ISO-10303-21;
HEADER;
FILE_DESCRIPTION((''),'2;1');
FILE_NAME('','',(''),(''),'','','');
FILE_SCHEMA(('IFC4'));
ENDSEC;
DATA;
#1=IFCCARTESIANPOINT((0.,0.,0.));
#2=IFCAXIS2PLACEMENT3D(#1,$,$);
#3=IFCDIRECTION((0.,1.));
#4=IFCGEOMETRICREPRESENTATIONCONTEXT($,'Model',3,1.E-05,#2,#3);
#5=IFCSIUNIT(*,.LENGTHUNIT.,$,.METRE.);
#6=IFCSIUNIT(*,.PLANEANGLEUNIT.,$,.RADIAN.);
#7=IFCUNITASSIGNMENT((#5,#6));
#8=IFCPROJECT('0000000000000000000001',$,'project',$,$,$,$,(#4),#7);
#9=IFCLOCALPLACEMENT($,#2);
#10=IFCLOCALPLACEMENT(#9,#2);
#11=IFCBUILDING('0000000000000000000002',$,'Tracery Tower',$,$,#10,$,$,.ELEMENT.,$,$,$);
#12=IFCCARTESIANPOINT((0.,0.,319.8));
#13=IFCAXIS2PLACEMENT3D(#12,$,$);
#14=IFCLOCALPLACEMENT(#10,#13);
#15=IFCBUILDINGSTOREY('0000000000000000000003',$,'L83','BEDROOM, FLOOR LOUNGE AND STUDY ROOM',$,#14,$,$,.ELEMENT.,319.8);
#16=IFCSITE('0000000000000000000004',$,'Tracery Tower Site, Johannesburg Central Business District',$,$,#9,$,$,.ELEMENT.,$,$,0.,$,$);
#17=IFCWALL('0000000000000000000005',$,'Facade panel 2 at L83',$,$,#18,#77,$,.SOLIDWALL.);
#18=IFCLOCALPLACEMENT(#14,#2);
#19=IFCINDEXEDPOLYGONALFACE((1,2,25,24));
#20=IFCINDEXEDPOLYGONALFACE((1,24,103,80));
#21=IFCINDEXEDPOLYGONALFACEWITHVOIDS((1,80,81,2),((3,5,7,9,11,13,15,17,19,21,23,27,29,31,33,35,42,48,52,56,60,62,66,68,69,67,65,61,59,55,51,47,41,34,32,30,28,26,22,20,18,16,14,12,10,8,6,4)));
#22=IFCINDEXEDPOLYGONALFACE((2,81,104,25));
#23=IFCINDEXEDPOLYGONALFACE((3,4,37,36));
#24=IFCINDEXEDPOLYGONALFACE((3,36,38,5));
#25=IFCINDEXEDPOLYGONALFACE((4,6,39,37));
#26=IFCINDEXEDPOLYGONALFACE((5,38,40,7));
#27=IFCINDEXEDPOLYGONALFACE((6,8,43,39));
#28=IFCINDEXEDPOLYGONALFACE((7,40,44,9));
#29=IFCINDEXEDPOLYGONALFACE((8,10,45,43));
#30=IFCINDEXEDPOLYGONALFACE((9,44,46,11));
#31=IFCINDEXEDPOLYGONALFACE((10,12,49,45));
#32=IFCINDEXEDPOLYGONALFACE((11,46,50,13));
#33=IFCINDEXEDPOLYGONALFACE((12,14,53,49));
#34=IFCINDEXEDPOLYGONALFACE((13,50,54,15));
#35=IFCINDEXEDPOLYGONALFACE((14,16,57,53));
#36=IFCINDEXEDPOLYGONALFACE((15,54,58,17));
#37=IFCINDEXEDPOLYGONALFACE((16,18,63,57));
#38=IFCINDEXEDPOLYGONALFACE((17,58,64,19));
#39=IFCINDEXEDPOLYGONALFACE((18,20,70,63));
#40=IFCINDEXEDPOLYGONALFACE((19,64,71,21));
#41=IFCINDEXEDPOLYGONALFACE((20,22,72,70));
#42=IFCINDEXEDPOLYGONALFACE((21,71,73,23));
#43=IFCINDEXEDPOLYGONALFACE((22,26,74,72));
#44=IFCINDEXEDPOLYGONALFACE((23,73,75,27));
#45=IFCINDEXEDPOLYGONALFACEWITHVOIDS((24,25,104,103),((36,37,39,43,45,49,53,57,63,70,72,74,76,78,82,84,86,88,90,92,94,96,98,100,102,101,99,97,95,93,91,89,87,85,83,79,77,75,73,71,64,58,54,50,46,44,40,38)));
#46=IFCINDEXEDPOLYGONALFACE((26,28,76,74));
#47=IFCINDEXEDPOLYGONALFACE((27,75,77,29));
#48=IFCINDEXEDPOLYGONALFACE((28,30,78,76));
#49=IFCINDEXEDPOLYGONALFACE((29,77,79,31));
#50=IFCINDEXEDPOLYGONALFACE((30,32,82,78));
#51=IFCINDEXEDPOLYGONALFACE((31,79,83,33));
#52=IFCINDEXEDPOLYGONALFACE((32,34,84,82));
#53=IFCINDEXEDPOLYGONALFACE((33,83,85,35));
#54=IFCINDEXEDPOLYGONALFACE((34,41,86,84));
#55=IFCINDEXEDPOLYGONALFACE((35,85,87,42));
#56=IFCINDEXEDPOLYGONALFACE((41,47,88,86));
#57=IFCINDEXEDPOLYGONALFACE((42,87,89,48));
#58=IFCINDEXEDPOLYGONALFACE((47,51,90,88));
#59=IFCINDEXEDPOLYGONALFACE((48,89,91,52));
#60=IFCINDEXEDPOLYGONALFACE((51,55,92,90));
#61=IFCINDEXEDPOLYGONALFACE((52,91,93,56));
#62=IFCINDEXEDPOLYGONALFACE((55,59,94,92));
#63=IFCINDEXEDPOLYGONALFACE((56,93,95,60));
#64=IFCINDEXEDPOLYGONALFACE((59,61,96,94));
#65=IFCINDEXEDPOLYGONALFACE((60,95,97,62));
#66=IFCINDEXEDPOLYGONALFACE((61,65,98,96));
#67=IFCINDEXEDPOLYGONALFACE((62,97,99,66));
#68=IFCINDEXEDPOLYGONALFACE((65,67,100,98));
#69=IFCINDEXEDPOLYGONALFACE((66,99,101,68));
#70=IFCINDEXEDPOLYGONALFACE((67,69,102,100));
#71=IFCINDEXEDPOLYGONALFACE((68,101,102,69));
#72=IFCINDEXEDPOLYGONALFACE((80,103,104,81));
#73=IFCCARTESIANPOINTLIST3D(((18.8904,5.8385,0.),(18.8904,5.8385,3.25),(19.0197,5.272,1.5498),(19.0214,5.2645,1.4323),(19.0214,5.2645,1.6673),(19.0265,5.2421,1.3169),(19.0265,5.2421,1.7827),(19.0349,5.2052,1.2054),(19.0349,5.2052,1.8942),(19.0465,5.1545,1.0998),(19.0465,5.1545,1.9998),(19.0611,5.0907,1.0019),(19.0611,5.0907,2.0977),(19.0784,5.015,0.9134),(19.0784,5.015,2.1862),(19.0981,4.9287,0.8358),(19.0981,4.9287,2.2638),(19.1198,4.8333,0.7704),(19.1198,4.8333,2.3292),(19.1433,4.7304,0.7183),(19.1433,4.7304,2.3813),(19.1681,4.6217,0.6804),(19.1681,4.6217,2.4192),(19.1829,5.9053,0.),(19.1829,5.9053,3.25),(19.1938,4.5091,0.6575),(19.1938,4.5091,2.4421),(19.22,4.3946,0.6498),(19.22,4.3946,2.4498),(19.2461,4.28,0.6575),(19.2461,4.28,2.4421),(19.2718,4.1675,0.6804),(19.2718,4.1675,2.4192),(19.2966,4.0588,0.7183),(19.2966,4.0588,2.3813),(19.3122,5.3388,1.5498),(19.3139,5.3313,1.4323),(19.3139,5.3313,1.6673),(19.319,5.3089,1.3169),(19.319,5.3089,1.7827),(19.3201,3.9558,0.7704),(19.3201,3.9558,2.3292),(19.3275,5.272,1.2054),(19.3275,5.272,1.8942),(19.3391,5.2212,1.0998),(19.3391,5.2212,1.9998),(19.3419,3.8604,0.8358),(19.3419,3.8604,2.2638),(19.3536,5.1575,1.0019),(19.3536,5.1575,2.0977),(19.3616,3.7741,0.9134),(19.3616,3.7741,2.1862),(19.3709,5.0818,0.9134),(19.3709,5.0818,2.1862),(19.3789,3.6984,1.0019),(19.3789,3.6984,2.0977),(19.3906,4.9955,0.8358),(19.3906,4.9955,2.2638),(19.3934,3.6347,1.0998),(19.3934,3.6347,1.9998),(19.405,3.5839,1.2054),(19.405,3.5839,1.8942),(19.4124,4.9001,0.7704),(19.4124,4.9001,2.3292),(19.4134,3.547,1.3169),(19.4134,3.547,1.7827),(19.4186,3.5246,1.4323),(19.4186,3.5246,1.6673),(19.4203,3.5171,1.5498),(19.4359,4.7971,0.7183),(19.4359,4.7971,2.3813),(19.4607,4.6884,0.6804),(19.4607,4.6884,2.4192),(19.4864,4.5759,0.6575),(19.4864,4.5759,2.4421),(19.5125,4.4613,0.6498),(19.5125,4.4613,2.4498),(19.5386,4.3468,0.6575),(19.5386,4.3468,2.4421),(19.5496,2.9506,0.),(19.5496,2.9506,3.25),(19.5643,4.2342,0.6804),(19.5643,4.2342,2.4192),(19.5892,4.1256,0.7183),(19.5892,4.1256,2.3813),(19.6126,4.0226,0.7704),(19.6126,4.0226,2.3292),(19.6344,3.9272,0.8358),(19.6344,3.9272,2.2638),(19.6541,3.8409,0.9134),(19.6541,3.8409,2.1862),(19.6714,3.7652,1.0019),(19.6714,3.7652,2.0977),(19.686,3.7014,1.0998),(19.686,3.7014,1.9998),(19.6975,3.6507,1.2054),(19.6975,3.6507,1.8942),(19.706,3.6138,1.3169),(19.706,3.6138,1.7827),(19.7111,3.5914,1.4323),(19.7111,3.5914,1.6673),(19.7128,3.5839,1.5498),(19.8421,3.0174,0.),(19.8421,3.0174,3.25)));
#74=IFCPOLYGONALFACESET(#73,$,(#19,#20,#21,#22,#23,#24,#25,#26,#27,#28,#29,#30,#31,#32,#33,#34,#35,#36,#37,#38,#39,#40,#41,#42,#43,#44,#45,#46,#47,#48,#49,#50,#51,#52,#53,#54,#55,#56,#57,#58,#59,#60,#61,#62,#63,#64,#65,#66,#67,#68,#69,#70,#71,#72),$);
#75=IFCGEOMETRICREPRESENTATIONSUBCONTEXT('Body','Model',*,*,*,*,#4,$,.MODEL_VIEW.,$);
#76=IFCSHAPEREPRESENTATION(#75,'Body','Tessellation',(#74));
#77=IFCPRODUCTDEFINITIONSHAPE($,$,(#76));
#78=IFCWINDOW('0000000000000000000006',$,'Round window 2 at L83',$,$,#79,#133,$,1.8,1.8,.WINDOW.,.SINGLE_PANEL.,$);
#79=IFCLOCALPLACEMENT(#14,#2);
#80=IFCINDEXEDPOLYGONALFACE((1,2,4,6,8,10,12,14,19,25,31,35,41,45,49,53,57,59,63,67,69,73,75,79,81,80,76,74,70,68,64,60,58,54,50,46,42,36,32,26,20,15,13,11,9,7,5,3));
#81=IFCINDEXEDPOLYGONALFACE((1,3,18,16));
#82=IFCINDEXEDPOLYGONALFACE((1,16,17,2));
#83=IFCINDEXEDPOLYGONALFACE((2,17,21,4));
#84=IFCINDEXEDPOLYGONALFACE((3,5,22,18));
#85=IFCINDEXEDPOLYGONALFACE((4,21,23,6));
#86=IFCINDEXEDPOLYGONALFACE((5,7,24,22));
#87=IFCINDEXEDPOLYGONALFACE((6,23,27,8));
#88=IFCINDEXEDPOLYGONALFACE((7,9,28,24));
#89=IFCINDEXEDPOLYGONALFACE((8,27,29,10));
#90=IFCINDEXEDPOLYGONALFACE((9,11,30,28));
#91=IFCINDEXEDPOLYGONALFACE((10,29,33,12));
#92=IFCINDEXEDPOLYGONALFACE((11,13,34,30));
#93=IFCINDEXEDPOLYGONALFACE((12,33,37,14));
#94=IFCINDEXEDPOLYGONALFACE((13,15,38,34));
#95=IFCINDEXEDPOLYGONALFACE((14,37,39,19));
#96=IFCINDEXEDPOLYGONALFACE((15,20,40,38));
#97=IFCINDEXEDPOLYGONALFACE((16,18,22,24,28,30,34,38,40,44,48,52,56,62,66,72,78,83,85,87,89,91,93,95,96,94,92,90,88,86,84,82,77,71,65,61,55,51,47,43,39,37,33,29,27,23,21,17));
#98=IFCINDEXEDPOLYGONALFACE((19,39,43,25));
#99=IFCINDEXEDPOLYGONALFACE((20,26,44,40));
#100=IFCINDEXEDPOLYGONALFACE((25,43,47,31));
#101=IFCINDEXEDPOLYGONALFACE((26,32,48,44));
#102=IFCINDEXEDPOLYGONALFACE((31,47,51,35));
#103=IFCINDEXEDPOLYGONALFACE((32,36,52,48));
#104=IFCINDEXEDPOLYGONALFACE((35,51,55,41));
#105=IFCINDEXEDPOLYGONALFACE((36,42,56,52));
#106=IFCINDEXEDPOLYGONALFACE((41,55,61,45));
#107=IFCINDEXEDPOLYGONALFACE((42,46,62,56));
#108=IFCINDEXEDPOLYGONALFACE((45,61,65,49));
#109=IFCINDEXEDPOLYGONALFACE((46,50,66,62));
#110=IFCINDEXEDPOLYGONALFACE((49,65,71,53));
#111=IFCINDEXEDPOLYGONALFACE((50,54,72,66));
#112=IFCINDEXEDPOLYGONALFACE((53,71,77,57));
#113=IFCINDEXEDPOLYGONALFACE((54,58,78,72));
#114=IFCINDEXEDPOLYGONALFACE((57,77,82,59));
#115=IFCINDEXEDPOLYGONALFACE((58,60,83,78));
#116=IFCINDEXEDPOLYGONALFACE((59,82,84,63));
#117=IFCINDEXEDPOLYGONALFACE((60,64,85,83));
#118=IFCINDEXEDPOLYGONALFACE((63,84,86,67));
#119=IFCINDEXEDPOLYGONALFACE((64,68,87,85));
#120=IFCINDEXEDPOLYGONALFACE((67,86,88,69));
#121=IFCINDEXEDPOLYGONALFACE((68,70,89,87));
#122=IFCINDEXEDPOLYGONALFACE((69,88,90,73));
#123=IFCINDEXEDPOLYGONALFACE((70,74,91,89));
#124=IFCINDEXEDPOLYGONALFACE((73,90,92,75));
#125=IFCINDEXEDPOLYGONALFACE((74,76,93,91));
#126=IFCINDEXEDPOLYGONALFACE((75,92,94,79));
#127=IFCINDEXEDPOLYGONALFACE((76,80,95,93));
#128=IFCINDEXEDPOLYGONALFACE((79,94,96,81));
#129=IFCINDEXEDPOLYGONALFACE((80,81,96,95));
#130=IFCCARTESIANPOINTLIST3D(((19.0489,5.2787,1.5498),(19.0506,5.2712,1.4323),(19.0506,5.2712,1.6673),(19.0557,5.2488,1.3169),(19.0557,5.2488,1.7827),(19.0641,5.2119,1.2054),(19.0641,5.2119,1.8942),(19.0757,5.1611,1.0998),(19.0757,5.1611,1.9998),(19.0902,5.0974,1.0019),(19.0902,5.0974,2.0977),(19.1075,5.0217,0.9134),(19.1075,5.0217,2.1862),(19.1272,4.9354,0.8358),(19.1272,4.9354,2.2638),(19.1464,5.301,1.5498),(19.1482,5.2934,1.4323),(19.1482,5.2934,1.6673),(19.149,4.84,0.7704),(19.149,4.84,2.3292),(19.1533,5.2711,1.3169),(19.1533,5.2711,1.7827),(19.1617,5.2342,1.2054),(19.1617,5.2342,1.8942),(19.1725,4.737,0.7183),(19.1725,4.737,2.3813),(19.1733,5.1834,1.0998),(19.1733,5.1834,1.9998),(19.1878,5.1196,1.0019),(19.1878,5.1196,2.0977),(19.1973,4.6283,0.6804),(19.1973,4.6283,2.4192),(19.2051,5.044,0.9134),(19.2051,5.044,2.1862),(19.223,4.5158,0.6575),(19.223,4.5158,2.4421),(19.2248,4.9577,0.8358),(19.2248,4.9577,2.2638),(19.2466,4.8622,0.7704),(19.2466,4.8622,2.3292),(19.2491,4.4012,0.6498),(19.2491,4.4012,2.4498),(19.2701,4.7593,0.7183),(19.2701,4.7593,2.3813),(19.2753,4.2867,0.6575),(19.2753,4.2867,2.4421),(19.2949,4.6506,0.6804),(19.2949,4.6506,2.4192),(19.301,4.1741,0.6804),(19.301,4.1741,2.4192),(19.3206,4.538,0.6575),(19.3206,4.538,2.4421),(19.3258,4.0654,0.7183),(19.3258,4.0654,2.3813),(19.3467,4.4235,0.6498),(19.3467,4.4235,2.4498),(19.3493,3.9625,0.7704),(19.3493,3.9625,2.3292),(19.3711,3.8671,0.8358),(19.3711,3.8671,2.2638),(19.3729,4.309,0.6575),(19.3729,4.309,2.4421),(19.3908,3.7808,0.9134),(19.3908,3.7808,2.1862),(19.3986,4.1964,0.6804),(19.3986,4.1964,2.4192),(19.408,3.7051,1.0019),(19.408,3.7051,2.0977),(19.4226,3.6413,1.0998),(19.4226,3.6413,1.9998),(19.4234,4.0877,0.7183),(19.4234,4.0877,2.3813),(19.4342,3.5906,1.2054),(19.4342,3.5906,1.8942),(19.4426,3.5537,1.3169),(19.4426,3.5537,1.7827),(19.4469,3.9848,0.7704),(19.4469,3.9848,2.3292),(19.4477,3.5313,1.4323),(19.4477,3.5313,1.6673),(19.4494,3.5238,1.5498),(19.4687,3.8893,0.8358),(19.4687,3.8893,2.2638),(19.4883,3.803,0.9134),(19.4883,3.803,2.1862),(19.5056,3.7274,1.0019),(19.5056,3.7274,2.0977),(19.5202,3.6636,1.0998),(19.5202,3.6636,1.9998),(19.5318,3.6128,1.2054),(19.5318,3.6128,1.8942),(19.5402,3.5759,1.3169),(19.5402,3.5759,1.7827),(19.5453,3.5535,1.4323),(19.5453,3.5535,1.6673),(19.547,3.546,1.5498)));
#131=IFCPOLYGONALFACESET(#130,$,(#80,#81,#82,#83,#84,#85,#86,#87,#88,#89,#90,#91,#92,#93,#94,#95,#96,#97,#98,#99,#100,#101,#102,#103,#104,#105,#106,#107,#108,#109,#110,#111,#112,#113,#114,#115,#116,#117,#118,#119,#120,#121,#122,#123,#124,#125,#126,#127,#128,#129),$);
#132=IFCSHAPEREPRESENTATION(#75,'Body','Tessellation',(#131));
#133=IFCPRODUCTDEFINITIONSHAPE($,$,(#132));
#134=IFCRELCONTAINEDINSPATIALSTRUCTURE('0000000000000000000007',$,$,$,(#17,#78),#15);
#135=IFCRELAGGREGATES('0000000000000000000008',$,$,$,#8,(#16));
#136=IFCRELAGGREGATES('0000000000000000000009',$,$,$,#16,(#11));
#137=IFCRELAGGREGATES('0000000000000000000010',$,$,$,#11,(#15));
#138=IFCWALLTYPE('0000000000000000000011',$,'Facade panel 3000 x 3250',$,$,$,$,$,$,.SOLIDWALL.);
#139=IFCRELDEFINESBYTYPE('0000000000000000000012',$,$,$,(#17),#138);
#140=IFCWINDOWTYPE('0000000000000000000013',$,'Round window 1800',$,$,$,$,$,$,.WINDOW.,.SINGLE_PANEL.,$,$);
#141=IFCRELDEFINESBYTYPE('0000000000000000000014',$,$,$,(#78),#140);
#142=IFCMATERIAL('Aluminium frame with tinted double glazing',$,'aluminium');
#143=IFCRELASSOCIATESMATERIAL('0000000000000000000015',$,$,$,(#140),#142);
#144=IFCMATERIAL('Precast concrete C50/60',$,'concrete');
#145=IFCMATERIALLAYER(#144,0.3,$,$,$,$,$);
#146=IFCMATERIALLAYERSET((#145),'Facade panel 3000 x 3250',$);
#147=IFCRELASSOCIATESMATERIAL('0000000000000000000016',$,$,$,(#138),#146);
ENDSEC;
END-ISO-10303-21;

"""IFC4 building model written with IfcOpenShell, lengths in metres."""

from ifc_helpers import new_model, si_unit, direction, frame, frame_2d, origin, origin_2d, place, context, subcontext, project, spatial, rectangle, circle, extrude, material, layer, layer_set, type_object, element, fill, save


model = new_model("IFC4")

# Units and contexts
model_context = context("Model", 3, precision=1e-05, world=origin(), true_north=direction((0.0, 1.0)))
body_context = subcontext(model_context, "Body", "Model", "MODEL_VIEW")
ifc_project = project(units=[si_unit("LENGTHUNIT", "METRE"), si_unit("PLANEANGLEUNIT", "RADIAN")], contexts=[model_context])

# Site, building, storey
site_placement = place(None, origin())
site = spatial("IfcSite", under=ifc_project, at=site_placement, Name="Tracery Tower Site, Johannesburg Central Business District", CompositionType="ELEMENT", RefElevation=0.0)
building_placement = place(site_placement, origin())
building = spatial("IfcBuilding", under=site, at=building_placement, Name="Tracery Tower", CompositionType="ELEMENT")
storey_placement = place(building_placement, frame((0.0, 0.0, 319.8)))
storey = spatial("IfcBuildingStorey", under=building, at=storey_placement, Name="L83", Description="BEDROOM, FLOOR LOUNGE AND STUDY ROOM", CompositionType="ELEMENT", Elevation=319.8)

# Wall, opening, window
ifc_material_1 = material(Name="Aluminium frame with tinted double glazing", Category="aluminium")
window_type = type_object("IfcWindowType", Name="Round window 1800", PartitioningType="SINGLE_PANEL", PredefinedType="WINDOW", material=ifc_material_1)
ifc_material_2 = material(Name="Precast concrete C50/60", Category="concrete")
ifc_layer_1 = layer(ifc_material_2, 0.3)
ifc_layer_set_1 = layer_set([ifc_layer_1], Name="Facade panel 3000 x 3250")
wall_type_1 = type_object("IfcWallType", Name="Facade panel 3000 x 3250", PredefinedType="SOLIDWALL", material=ifc_layer_set_1)
wall_1_placement = place(storey_placement, frame((19.6958, 2.9841, 0.0), z_axis=(0.0, 0.0, 1.0), x_axis=(-0.222529, 0.974926, 0.0)))
wall_1 = element("IfcWall", 1, at=wall_1_placement, inside=storey, type_object=wall_type_1, Name="Facade panel 2 at L83", PredefinedType="SOLIDWALL", context=body_context, shape_type="SweptSolid", body=[
    extrude(rectangle(XDim=2.9622, YDim=0.3, at=frame_2d((1.481, 0.0))), origin(), (0.0, 0.0, 1.0), 3.25),
])
opening_1_placement = place(wall_1_placement, frame((1.481, 0.0, 1.5498)))
opening_1 = element("IfcOpeningElement", 2, at=opening_1_placement, cuts=wall_1, PredefinedType="OPENING", context=body_context, shape_type="SweptSolid", body=[
    extrude(circle(Radius=0.9, at=origin_2d()), frame((0.0, 0.1599, 0.0), z_axis=(0.0, -1.0, 0.0), x_axis=(1.0, 0.0, 0.0)), (0.0, 0.0, 1.0), 0.3201),
])
window_1_placement = place(opening_1_placement, origin())
window_1 = element("IfcWindow", 3, at=window_1_placement, inside=storey, type_object=window_type, Name="Round window 2 at L83", OverallHeight=1.8, OverallWidth=1.8, PartitioningType="SINGLE_PANEL", PredefinedType="WINDOW", context=body_context, shape_type="SweptSolid", body=[
    extrude(circle(Radius=0.9, at=origin_2d()), frame((0.0, 0.1201, 0.0), z_axis=(0.0, -1.0, 0.0), x_axis=(1.0, 0.0, 0.0)), (0.0, 0.0, 1.0), 0.1001),
])
fill(opening_1, window_1)

save(model, "model.ifc")
